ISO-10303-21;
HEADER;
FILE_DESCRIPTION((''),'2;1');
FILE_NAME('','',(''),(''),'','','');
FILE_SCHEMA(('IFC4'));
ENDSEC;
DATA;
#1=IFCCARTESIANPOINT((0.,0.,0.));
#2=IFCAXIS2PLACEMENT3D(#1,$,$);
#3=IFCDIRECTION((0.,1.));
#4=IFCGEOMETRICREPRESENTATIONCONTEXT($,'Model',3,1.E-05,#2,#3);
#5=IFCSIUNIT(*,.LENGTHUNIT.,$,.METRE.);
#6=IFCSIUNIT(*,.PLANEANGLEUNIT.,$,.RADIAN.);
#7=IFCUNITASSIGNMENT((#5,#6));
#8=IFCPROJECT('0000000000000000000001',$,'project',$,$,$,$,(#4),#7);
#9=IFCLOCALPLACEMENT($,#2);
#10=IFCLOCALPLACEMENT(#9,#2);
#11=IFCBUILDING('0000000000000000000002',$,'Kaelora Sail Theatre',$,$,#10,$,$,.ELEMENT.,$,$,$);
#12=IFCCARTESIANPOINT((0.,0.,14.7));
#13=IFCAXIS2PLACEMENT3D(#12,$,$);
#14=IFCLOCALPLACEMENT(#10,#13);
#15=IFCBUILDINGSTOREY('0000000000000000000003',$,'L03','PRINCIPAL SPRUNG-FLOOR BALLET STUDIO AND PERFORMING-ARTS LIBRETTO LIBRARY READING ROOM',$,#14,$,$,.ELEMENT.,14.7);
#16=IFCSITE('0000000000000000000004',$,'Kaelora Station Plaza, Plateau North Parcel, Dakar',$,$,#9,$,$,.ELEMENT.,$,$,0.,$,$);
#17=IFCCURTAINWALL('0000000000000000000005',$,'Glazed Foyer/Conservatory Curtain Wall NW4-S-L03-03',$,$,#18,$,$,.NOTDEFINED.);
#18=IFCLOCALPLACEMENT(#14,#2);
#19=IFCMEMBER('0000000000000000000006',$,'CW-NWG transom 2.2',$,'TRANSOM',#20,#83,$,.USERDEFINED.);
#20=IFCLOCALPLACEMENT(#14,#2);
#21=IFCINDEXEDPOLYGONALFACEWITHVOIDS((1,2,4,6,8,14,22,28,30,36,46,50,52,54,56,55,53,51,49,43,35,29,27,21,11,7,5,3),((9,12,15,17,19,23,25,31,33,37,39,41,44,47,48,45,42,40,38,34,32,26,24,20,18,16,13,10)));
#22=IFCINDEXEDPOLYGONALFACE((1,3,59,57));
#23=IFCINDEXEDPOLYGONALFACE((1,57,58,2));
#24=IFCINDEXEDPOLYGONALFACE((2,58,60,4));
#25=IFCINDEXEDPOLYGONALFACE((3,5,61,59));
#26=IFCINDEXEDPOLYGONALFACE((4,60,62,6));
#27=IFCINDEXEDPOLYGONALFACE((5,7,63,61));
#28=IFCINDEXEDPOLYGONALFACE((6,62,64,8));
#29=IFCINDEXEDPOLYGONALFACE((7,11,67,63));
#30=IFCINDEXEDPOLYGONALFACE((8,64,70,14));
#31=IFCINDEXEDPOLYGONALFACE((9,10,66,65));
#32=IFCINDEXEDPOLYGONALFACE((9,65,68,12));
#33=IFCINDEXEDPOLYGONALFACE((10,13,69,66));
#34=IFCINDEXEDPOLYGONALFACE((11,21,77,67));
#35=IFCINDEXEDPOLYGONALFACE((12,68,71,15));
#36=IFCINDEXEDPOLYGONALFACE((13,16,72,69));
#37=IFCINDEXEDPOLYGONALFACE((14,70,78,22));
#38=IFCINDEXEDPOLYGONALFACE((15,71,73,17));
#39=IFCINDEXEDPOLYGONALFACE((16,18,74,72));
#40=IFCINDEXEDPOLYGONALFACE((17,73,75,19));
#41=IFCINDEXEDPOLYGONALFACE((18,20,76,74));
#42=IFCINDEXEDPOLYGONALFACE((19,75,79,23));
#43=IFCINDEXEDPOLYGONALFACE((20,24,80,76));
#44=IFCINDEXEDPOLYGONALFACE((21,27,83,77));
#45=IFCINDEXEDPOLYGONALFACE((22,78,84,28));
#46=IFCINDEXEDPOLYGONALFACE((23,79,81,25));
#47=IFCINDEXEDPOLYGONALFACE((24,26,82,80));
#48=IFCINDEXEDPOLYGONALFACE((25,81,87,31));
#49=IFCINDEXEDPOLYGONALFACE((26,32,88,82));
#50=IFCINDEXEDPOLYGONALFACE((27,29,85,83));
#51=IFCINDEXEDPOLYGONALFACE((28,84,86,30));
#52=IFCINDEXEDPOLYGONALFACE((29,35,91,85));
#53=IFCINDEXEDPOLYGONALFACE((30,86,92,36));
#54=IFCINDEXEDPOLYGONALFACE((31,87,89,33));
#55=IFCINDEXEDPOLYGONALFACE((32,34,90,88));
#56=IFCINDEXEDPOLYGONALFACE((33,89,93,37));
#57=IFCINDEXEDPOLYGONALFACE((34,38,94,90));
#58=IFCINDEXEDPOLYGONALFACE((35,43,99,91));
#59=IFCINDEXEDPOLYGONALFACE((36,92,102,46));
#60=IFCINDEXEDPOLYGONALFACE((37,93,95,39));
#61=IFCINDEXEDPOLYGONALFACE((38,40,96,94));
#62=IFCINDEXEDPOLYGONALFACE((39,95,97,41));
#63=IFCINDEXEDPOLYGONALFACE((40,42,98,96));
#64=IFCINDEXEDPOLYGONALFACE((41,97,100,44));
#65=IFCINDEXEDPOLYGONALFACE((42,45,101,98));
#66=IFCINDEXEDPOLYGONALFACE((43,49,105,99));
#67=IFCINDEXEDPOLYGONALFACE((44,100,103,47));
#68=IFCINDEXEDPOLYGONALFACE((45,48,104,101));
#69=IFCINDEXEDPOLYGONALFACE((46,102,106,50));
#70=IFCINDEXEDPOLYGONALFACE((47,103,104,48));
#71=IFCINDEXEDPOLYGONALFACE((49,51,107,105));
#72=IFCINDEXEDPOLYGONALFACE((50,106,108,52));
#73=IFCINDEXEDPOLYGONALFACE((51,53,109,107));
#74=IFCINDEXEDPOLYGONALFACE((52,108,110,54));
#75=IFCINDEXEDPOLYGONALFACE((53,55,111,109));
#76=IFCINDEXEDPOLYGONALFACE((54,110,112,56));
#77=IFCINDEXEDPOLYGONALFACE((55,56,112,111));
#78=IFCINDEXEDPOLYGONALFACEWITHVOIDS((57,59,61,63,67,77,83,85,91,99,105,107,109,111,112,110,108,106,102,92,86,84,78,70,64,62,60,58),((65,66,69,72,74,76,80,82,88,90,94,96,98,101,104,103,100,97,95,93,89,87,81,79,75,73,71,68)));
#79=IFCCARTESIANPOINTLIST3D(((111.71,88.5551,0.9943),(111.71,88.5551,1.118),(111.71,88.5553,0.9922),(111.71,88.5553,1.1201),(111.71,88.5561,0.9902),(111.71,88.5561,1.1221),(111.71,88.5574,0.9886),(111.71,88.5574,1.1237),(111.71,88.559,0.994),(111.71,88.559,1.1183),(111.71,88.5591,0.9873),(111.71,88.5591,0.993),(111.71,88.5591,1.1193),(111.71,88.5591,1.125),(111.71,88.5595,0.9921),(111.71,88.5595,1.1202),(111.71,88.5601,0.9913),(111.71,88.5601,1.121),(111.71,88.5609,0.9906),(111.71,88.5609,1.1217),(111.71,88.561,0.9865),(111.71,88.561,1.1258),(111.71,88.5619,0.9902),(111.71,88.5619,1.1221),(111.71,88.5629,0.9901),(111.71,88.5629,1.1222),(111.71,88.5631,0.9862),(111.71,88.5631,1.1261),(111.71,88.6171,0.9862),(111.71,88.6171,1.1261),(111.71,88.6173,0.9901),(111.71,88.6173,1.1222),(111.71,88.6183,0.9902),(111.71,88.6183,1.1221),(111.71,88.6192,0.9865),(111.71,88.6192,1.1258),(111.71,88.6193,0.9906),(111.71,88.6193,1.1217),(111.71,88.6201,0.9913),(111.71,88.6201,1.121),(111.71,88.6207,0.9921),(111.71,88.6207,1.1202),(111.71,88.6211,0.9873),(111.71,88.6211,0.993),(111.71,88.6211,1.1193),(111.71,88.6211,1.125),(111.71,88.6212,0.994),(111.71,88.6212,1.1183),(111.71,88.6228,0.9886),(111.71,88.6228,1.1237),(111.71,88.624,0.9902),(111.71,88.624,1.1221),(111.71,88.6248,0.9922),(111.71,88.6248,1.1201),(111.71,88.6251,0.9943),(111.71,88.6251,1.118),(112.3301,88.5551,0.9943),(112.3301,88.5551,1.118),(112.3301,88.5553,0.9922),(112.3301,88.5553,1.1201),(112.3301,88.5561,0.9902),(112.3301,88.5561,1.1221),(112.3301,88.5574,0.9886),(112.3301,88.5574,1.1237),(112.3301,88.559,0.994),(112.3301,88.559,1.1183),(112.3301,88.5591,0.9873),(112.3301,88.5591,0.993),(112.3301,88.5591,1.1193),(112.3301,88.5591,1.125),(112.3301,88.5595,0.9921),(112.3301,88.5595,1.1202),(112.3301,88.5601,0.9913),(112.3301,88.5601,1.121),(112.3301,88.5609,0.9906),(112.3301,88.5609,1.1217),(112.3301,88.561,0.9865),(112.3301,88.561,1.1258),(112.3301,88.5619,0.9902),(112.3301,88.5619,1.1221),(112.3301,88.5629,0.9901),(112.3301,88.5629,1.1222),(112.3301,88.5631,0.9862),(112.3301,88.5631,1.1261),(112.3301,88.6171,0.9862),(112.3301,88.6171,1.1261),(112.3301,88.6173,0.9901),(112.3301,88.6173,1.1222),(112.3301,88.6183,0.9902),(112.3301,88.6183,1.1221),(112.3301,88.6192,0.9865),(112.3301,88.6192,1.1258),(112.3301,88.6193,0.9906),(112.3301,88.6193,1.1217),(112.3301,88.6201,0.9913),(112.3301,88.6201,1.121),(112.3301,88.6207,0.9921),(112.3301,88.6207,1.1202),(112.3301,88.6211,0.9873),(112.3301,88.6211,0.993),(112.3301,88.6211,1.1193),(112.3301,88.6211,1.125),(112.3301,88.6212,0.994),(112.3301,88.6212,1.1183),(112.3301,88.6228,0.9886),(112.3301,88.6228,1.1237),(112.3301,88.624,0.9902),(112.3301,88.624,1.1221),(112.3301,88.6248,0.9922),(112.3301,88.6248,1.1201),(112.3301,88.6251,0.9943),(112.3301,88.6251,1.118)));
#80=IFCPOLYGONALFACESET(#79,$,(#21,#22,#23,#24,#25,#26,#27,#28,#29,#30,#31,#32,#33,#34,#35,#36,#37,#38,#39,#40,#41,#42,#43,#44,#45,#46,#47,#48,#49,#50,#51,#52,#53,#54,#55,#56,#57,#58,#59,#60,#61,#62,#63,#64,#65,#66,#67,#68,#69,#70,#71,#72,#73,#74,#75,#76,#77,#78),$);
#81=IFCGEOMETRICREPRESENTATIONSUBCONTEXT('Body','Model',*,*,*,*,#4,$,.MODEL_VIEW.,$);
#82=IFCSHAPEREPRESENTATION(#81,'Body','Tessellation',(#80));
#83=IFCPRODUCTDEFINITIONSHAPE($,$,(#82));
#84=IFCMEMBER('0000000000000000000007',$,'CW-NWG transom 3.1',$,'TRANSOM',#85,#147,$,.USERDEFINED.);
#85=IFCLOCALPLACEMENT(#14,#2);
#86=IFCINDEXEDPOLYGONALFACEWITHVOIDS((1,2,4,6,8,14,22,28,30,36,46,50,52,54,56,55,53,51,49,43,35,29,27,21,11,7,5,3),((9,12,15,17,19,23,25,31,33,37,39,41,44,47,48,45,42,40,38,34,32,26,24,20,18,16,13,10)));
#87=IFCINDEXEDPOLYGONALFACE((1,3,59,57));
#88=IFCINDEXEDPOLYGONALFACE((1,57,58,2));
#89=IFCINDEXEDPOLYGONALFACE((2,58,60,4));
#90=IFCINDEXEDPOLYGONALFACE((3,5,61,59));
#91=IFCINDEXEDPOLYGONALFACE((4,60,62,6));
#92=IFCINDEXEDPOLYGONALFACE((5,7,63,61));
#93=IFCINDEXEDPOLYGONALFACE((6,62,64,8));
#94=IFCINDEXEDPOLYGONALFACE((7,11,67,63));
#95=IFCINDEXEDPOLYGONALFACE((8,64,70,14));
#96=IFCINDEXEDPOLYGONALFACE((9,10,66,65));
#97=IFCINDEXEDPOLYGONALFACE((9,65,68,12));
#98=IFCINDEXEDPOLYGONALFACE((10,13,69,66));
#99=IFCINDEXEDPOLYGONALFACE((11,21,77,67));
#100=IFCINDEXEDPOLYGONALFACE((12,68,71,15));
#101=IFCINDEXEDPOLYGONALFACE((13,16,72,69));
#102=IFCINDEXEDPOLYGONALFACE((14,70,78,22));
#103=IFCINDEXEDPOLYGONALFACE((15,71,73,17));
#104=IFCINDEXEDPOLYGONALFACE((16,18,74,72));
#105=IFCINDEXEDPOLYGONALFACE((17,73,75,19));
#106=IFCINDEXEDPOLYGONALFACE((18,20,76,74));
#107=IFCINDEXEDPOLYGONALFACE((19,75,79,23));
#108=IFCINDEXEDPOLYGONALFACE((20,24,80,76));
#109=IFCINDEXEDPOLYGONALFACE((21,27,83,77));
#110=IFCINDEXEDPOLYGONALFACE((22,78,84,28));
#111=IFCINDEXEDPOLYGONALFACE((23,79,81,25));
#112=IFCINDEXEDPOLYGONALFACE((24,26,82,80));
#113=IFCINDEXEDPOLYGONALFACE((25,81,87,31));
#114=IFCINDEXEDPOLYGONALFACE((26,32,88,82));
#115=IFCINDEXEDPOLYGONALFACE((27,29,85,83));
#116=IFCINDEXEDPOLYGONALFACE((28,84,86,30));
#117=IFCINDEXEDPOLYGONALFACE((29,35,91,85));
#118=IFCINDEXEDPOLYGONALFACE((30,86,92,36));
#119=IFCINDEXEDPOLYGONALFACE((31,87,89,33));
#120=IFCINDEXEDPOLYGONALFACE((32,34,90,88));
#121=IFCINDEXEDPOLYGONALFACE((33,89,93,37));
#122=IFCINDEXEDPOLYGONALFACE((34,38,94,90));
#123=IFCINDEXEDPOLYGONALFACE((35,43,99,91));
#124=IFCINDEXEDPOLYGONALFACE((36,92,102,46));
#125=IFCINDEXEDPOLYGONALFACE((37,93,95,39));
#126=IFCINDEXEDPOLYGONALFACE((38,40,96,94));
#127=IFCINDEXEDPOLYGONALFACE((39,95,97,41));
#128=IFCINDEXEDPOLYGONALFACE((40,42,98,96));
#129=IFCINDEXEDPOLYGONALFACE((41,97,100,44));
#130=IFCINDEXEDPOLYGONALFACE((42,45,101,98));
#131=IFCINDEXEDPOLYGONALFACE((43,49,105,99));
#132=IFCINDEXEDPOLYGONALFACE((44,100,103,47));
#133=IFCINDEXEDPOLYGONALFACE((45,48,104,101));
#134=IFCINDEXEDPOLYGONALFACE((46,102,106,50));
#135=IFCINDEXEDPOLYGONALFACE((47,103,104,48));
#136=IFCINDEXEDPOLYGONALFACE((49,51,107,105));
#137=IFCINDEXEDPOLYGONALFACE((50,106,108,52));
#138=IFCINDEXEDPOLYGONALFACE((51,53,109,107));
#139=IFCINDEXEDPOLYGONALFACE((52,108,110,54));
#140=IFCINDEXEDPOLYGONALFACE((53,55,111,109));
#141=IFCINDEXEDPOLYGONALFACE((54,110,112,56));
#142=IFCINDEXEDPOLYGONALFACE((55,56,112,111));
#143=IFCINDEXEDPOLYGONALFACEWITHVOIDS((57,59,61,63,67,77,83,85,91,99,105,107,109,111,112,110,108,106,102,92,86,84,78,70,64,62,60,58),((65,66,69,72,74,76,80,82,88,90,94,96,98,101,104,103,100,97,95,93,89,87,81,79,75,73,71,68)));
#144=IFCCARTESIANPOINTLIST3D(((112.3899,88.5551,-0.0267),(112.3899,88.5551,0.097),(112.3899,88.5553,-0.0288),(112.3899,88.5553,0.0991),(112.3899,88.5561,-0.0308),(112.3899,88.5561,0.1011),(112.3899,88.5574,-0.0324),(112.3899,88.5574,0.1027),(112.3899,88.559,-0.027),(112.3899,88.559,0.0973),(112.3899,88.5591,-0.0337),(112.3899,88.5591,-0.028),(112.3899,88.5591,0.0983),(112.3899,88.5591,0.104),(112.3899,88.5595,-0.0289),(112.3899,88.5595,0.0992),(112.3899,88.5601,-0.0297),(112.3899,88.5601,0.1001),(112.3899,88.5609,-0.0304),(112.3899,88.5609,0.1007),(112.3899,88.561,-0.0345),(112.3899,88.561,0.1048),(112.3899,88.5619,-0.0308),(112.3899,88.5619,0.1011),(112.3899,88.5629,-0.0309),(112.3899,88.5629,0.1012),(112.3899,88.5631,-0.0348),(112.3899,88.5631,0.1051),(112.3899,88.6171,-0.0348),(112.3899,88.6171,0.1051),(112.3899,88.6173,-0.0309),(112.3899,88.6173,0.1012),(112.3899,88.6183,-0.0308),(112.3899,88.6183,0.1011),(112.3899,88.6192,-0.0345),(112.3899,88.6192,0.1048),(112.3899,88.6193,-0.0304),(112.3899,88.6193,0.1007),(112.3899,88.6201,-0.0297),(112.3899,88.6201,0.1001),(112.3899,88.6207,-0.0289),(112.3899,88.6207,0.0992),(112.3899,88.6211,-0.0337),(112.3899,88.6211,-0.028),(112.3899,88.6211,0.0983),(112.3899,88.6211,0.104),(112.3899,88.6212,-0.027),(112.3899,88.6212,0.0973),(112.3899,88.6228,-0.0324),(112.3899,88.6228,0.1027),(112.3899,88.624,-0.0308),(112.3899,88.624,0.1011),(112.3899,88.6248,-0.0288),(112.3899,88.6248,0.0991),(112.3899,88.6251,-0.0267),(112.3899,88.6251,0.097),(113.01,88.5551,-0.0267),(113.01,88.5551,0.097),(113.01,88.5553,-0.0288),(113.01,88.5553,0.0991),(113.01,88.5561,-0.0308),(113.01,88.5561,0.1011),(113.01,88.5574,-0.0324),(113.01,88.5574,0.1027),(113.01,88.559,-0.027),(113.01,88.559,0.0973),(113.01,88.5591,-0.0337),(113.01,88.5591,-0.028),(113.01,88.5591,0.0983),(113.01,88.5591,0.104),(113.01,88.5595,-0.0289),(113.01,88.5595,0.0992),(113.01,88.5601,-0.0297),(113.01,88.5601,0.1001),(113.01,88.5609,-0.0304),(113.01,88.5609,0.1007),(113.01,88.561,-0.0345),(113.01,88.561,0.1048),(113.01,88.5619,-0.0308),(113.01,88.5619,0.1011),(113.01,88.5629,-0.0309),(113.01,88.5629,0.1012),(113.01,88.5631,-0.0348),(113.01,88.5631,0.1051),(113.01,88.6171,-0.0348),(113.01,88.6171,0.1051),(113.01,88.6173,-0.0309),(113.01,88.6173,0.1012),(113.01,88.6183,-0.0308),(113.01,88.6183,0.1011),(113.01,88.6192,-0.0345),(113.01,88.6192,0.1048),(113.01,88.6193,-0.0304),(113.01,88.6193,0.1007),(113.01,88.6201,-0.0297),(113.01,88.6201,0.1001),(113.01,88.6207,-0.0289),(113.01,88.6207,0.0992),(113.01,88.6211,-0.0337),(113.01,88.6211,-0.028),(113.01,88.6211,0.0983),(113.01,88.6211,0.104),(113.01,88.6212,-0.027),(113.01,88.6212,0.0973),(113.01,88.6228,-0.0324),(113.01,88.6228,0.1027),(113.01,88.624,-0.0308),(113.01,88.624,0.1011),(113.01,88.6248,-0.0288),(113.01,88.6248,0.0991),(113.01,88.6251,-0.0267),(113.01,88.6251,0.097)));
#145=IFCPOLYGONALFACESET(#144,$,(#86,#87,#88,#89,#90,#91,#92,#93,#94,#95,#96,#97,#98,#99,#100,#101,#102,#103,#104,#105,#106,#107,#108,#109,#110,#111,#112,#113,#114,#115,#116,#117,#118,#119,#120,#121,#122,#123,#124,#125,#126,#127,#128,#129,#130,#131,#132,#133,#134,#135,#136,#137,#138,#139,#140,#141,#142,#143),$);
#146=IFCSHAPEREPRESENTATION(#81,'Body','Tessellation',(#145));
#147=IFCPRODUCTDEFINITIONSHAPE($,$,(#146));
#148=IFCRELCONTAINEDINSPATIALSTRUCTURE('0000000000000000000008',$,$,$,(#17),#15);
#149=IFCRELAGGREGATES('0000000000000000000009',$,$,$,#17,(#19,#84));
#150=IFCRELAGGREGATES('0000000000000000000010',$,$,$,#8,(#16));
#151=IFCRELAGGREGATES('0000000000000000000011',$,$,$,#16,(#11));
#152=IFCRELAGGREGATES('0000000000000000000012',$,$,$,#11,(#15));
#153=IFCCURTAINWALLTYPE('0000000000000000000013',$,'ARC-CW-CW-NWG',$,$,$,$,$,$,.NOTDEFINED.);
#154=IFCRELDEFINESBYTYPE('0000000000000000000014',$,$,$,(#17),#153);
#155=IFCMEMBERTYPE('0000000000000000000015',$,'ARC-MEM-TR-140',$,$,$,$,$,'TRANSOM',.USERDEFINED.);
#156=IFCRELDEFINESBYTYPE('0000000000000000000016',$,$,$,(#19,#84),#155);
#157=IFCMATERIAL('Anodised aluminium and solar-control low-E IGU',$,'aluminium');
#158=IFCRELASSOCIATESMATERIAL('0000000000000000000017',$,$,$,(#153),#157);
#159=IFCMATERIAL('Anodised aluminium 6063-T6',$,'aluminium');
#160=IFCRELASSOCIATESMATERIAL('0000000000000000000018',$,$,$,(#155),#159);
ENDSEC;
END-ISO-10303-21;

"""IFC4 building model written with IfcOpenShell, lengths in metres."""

from ifc_helpers import new_model, si_unit, direction, frame, origin, origin_2d, place, context, subcontext, project, spatial, hollow_rectangle, extrude, material, material_profile, profile_set, type_object, element, aggregate, save


model = new_model("IFC4")

# Units and contexts
model_context = context("Model", 3, precision=1e-05, world=origin(), true_north=direction((0.0, 1.0)))
body_context = subcontext(model_context, "Body", "Model", "MODEL_VIEW")
ifc_project = project(units=[si_unit("LENGTHUNIT", "METRE"), si_unit("PLANEANGLEUNIT", "RADIAN")], contexts=[model_context])

# Site, building, storey
site_placement = place(None, origin())
site = spatial("IfcSite", under=ifc_project, at=site_placement, Name="Kaelora Station Plaza, Plateau North Parcel, Dakar", CompositionType="ELEMENT", RefElevation=0.0)
building_placement = place(site_placement, origin())
building = spatial("IfcBuilding", under=site, at=building_placement, Name="Kaelora Sail Theatre", CompositionType="ELEMENT")
storey_placement = place(building_placement, frame((0.0, 0.0, 14.7)))
storey = spatial("IfcBuildingStorey", under=building, at=storey_placement, Name="L03", Description="PRINCIPAL SPRUNG-FLOOR BALLET STUDIO AND PERFORMING-ARTS LIBRETTO LIBRARY READING ROOM", CompositionType="ELEMENT", Elevation=14.7)

# Curtain wall
ifc_material_1 = material(Name="Anodised aluminium and solar-control low-E IGU", Category="aluminium")
curtain_wall_type = type_object("IfcCurtainWallType", Name="ARC-CW-CW-NWG", PredefinedType="NOTDEFINED", material=ifc_material_1)
curtain_wall_1_placement = place(storey_placement, origin())
curtain_wall_1 = element("IfcCurtainWall", 1, at=curtain_wall_1_placement, inside=storey, type_object=curtain_wall_type, Name="Glazed Foyer/Conservatory Curtain Wall NW4-S-L03-03", PredefinedType="NOTDEFINED")

# Members
ifc_material_2 = material(Name="Anodised aluminium 6063-T6", Category="aluminium")
ifc_material_profile_1 = material_profile(ifc_material_2, hollow_rectangle(XDim=0.0701, YDim=0.1399, WallThickness=0.0039, InnerFilletRadius=0.0039, OuterFilletRadius=0.0081, at=origin_2d()), Name="ALU-TRAN 70x140x4")
ifc_profile_set_1 = profile_set([ifc_material_profile_1], Name="Anodised aluminium 6063-T6")
member_type_1 = type_object("IfcMemberType", Name="ARC-MEM-TR-140", ElementType="TRANSOM", PredefinedType="USERDEFINED", material=ifc_profile_set_1)
member_1_placement = place(storey_placement, frame((111.71, 88.5901, 1.0562), z_axis=(1.0, 0.0, 0.0), x_axis=(0.0, 1.0, 0.0)))
member_1 = element("IfcMember", 2, at=member_1_placement, type_object=member_type_1, Name="CW-NWG transom 2.2", ObjectType="TRANSOM", PredefinedType="USERDEFINED", context=body_context, shape_type="SweptSolid", body=[
    extrude(hollow_rectangle(XDim=0.0701, YDim=0.1399, WallThickness=0.0039, InnerFilletRadius=0.0039, OuterFilletRadius=0.0081, at=origin_2d()), origin(), (0.0, 0.0, 1.0), 0.6201),
])
member_2_placement = place(storey_placement, frame((112.3899, 88.5901, 0.0352), z_axis=(1.0, 0.0, 0.0), x_axis=(0.0, 1.0, 0.0)))
member_2 = element("IfcMember", 3, at=member_2_placement, type_object=member_type_1, Name="CW-NWG transom 3.1", ObjectType="TRANSOM", PredefinedType="USERDEFINED", context=body_context, shape_type="SweptSolid", body=[
    extrude(hollow_rectangle(XDim=0.0701, YDim=0.1399, WallThickness=0.0039, InnerFilletRadius=0.0039, OuterFilletRadius=0.0081, at=origin_2d()), origin(), (0.0, 0.0, 1.0), 0.6201),
])

aggregate(curtain_wall_1, [member_1, member_2])

save(model, "model.ifc")
